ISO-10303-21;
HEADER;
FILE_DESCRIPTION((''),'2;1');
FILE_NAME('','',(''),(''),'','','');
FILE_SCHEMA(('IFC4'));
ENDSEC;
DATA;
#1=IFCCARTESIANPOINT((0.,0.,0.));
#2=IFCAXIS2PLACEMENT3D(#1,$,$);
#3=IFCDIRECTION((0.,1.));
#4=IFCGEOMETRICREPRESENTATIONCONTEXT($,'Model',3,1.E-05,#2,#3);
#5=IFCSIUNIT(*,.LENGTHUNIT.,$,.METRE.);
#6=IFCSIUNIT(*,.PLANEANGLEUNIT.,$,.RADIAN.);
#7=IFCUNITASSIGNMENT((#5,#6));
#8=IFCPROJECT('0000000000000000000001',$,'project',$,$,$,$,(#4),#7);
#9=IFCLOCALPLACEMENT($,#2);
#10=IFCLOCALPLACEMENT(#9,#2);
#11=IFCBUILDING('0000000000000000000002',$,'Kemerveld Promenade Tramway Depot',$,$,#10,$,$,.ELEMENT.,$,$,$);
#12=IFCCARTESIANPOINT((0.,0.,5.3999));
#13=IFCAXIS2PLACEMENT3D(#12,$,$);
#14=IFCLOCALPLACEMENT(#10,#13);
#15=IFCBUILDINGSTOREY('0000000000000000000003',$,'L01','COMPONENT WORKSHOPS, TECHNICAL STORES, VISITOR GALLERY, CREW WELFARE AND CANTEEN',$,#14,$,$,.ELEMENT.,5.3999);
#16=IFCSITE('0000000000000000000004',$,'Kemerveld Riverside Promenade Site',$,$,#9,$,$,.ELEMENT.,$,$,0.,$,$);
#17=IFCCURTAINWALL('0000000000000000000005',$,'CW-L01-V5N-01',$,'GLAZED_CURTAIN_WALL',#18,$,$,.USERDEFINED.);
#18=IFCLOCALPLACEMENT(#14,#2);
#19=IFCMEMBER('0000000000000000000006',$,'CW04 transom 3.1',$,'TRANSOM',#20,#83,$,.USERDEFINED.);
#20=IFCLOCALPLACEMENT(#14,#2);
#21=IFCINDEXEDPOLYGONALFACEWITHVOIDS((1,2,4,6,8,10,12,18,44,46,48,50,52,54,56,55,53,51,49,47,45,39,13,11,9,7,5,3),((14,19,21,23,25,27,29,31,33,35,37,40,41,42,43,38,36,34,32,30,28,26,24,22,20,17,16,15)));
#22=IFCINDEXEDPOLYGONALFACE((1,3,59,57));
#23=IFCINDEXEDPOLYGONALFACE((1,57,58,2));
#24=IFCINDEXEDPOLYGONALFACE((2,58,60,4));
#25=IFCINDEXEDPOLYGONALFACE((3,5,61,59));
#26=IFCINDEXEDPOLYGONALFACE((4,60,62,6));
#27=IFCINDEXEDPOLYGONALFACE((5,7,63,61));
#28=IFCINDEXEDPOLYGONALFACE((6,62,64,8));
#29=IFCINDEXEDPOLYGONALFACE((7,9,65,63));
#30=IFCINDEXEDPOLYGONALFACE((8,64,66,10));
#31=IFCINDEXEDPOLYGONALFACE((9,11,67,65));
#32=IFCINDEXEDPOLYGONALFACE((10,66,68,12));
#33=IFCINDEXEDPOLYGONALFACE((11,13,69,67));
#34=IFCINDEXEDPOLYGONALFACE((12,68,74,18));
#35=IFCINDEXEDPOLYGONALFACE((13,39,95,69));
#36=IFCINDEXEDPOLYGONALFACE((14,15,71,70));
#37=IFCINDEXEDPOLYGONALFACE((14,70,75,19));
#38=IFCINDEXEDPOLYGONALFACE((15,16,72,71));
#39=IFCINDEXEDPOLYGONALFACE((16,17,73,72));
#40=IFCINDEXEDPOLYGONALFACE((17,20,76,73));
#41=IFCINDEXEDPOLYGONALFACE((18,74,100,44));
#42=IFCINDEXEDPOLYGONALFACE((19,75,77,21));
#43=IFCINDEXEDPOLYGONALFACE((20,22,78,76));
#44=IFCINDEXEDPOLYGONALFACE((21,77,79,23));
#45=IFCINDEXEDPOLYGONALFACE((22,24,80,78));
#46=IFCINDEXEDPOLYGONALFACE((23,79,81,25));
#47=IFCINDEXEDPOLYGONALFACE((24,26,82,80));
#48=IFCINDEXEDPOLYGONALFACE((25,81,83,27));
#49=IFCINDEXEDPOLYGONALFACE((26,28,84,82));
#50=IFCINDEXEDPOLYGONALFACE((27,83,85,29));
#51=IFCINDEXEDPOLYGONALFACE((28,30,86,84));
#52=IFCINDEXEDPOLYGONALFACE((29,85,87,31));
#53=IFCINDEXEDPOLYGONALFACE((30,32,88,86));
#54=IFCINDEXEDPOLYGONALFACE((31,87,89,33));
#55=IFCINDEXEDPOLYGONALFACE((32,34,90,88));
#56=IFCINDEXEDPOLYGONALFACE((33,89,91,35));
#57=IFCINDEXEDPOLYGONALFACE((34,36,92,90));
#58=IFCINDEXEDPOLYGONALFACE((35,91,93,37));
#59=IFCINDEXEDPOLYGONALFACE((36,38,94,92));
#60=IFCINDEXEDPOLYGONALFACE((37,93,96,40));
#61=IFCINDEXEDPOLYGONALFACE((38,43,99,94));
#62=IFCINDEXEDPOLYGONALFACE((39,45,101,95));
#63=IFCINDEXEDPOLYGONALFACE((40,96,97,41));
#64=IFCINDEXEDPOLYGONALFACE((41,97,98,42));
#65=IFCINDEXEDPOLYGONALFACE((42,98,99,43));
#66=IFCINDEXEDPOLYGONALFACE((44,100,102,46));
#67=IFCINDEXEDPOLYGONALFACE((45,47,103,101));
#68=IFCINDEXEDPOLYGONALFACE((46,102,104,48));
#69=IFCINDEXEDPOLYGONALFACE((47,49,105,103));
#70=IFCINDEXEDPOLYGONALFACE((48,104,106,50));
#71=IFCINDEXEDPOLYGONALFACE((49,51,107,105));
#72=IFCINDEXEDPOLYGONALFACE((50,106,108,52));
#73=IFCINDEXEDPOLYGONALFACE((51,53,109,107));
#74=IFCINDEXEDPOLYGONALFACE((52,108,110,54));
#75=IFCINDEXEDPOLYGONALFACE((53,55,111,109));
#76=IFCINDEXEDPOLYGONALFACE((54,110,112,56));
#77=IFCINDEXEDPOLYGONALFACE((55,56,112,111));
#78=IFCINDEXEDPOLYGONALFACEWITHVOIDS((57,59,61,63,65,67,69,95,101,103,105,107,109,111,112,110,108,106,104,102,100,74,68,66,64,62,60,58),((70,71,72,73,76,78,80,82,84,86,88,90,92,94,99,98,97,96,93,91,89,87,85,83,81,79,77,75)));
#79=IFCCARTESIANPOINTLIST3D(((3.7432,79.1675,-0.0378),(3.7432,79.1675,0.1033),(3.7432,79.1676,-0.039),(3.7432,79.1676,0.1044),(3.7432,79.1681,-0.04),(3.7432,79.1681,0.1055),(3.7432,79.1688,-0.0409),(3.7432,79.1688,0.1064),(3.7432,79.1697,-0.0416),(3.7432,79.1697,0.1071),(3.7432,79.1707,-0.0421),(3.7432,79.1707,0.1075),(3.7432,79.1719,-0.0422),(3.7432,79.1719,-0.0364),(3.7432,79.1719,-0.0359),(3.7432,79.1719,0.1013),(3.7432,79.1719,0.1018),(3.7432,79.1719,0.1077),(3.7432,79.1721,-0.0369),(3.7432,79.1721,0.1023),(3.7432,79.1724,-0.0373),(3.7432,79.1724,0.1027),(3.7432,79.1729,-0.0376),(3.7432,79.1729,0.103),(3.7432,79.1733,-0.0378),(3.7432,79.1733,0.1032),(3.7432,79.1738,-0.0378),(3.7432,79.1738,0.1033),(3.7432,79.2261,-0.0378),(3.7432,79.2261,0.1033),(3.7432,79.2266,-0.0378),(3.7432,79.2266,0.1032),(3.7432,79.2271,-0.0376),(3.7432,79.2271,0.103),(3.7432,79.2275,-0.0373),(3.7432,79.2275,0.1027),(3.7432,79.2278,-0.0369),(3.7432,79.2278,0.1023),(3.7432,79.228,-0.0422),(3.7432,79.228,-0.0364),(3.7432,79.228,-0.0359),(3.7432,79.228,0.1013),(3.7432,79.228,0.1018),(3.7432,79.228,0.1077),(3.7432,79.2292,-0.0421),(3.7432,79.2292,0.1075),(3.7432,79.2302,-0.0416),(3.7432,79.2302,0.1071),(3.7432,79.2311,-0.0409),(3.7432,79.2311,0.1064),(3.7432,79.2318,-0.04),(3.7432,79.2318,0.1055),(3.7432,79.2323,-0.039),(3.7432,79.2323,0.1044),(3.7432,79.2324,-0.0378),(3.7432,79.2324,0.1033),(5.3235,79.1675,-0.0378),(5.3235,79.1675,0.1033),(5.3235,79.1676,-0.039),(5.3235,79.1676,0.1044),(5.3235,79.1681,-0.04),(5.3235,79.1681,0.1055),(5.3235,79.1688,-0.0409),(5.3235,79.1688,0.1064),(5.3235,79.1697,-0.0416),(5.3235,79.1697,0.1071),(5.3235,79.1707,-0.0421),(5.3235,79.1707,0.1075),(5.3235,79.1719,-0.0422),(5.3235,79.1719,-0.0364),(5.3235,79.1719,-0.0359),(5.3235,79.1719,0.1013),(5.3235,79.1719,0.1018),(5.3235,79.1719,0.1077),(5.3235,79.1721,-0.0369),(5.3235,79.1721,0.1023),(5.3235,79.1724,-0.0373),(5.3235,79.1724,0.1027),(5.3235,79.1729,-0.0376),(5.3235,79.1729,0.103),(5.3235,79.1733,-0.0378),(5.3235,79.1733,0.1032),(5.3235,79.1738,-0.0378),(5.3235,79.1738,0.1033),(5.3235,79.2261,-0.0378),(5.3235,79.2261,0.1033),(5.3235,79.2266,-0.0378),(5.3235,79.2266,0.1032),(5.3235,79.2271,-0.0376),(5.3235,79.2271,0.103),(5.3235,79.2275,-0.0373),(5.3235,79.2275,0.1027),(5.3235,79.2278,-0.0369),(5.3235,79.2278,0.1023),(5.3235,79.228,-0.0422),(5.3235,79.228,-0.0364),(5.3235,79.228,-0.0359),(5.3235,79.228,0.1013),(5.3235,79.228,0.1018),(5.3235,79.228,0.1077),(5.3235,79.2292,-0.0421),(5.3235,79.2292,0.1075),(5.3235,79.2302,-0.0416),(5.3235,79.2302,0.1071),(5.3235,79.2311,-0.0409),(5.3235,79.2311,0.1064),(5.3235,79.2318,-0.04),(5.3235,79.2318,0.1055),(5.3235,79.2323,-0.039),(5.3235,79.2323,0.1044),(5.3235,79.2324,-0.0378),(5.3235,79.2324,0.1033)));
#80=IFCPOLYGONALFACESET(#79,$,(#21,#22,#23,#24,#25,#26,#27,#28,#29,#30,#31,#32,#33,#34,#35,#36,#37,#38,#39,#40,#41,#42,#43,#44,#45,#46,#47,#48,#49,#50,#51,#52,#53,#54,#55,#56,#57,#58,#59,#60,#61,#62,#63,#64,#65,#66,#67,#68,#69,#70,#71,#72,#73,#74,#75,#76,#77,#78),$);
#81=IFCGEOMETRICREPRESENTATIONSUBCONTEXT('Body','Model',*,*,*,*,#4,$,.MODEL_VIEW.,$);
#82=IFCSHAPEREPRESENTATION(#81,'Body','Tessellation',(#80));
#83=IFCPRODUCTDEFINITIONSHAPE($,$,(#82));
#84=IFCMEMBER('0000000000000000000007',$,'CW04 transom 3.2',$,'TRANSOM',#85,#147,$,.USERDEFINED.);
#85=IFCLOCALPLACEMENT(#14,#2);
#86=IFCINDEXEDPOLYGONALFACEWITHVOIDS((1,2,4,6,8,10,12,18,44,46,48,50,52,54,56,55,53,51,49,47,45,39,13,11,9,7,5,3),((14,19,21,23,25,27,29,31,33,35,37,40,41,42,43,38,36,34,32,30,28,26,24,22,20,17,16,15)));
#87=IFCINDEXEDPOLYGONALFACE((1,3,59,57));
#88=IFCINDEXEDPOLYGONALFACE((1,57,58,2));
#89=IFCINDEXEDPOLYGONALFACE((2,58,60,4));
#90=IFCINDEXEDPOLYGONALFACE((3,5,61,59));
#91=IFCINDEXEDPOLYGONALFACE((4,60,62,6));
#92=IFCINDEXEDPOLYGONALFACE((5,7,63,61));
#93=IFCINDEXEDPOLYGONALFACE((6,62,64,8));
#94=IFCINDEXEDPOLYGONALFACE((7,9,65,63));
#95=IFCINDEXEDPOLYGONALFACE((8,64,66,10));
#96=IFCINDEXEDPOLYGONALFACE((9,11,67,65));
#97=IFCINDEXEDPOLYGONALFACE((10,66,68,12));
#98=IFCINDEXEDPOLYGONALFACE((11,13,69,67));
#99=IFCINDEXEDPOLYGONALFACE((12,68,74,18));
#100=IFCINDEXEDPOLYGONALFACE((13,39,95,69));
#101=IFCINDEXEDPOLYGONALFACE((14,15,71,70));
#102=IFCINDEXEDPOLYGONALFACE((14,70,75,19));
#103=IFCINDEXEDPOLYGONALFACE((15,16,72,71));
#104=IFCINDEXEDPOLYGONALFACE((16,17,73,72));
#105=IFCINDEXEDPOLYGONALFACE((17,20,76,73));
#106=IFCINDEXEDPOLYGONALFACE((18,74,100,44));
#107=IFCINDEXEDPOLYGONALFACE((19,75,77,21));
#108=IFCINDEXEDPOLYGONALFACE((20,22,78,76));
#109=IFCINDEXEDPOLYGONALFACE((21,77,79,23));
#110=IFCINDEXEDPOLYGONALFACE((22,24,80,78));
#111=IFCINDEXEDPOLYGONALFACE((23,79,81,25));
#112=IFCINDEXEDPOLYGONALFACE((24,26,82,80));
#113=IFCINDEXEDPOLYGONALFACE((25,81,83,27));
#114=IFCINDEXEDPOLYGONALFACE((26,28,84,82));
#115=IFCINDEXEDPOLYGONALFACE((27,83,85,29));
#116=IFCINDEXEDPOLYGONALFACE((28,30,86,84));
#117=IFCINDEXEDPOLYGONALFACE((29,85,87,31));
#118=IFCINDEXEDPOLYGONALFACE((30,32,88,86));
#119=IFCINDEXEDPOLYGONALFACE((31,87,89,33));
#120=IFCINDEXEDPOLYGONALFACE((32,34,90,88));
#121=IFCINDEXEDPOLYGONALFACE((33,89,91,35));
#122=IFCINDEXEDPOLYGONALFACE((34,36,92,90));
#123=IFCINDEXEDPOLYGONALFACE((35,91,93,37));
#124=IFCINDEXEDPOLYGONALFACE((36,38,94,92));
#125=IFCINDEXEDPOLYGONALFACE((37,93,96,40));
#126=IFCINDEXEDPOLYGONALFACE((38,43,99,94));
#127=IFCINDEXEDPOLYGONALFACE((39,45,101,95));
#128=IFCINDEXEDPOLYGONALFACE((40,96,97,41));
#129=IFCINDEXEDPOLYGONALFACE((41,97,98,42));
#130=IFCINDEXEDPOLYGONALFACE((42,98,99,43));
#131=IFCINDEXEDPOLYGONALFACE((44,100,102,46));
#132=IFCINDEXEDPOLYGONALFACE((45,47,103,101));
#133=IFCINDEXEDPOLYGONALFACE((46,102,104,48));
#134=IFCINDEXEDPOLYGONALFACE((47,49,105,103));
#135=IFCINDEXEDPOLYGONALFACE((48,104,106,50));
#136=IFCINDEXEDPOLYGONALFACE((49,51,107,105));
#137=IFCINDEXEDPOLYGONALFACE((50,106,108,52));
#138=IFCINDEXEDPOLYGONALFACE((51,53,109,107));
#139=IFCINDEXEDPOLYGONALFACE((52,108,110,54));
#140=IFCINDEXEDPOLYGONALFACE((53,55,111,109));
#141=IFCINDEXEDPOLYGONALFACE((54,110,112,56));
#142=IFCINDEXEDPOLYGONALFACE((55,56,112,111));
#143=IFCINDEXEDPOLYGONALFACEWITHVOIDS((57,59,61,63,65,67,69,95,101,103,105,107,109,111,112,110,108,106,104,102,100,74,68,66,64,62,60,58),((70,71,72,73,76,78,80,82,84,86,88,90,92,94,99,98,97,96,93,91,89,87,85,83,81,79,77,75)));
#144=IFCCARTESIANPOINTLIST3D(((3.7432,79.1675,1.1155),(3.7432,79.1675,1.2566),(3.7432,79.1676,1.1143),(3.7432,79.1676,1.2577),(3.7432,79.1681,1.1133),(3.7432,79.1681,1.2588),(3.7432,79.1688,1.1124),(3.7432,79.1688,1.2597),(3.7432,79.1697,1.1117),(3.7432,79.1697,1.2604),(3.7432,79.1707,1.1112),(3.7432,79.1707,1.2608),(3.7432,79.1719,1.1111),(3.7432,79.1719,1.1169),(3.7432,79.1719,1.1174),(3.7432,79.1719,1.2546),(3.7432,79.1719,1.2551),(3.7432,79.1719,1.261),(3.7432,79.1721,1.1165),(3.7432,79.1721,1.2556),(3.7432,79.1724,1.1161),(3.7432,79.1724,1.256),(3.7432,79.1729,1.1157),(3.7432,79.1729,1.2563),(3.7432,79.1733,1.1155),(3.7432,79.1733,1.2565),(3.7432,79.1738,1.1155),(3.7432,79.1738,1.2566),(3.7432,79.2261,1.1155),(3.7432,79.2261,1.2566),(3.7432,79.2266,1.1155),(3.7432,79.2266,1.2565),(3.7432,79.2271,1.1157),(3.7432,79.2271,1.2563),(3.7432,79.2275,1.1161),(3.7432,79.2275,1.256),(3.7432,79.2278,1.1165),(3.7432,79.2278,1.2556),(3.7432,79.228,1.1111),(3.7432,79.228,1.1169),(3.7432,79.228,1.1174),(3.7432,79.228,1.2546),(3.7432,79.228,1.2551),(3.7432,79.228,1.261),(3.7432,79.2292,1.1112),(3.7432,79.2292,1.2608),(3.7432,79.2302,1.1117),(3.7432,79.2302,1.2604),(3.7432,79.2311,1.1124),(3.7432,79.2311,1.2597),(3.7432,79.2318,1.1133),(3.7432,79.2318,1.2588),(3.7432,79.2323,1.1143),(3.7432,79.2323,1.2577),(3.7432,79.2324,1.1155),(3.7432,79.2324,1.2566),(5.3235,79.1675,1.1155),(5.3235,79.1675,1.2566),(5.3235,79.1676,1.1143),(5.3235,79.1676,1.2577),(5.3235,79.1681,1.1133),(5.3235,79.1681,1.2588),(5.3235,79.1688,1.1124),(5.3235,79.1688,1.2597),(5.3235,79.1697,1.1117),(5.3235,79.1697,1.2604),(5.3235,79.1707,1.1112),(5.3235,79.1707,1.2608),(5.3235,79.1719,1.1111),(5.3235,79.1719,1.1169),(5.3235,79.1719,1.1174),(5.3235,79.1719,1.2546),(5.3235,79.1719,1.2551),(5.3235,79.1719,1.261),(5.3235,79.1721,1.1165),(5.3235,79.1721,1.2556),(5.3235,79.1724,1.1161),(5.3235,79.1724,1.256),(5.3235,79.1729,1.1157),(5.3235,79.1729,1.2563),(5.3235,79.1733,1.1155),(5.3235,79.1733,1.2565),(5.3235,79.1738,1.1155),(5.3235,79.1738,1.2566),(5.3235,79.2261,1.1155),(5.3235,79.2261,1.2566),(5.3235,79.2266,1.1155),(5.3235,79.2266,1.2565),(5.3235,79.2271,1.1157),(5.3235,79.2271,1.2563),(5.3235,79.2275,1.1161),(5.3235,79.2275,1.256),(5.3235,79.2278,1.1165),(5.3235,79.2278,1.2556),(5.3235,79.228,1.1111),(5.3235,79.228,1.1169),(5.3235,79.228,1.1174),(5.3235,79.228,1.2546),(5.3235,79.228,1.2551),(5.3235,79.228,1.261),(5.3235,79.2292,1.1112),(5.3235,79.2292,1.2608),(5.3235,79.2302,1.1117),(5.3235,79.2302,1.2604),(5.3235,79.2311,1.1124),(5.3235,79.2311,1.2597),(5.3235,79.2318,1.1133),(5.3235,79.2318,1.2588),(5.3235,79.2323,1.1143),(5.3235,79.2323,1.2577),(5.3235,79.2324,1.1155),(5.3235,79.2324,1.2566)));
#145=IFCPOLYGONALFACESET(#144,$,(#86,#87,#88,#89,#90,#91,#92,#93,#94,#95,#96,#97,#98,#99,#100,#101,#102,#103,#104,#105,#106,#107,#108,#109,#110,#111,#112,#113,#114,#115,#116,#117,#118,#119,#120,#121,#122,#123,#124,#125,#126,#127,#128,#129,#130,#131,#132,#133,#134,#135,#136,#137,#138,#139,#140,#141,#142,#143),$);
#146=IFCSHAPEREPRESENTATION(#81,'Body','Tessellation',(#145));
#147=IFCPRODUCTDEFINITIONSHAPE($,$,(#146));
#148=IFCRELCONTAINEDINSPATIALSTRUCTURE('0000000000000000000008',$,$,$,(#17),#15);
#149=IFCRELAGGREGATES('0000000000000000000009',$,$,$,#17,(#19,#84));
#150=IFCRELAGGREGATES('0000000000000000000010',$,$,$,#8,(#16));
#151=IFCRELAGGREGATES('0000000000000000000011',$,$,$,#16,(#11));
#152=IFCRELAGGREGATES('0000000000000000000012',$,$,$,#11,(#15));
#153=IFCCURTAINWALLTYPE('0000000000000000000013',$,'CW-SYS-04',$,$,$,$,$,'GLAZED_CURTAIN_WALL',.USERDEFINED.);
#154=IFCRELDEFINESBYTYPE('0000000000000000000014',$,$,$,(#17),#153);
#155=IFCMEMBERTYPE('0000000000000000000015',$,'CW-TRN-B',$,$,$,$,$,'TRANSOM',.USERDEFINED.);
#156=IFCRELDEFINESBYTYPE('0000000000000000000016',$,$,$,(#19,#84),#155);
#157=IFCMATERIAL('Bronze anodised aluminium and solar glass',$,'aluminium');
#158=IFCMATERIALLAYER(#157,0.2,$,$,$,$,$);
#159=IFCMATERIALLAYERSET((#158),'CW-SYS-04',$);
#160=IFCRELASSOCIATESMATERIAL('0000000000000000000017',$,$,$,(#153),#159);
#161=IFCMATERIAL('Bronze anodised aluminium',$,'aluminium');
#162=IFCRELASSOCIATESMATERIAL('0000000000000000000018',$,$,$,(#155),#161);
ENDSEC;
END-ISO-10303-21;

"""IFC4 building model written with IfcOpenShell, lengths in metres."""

from ifc_helpers import new_model, si_unit, direction, frame, origin, origin_2d, place, context, subcontext, project, spatial, hollow_rectangle, extrude, material, layer, layer_set, material_profile, profile_set, type_object, element, aggregate, save


model = new_model("IFC4")

# Units and contexts
model_context = context("Model", 3, precision=1e-05, world=origin(), true_north=direction((0.0, 1.0)))
body_context = subcontext(model_context, "Body", "Model", "MODEL_VIEW")
ifc_project = project(units=[si_unit("LENGTHUNIT", "METRE"), si_unit("PLANEANGLEUNIT", "RADIAN")], contexts=[model_context])

# Site, building, storey
site_placement = place(None, origin())
site = spatial("IfcSite", under=ifc_project, at=site_placement, Name="Kemerveld Riverside Promenade Site", CompositionType="ELEMENT", RefElevation=0.0)
building_placement = place(site_placement, origin())
building = spatial("IfcBuilding", under=site, at=building_placement, Name="Kemerveld Promenade Tramway Depot", CompositionType="ELEMENT")
storey_placement = place(building_placement, frame((0.0, 0.0, 5.3999)))
storey = spatial("IfcBuildingStorey", under=building, at=storey_placement, Name="L01", Description="COMPONENT WORKSHOPS, TECHNICAL STORES, VISITOR GALLERY, CREW WELFARE AND CANTEEN", CompositionType="ELEMENT", Elevation=5.3999)

# Curtain wall, members
ifc_material_1 = material(Name="Bronze anodised aluminium and solar glass", Category="aluminium")
ifc_layer_1 = layer(ifc_material_1, 0.2)
ifc_layer_set_1 = layer_set([ifc_layer_1], Name="CW-SYS-04")
curtain_wall_type = type_object("IfcCurtainWallType", Name="CW-SYS-04", ElementType="GLAZED_CURTAIN_WALL", PredefinedType="USERDEFINED", material=ifc_layer_set_1)
curtain_wall_placement = place(storey_placement, origin())
curtain_wall = element("IfcCurtainWall", 1, at=curtain_wall_placement, inside=storey, type_object=curtain_wall_type, Name="CW-L01-V5N-01", ObjectType="GLAZED_CURTAIN_WALL", PredefinedType="USERDEFINED")
ifc_material_2 = material(Name="Bronze anodised aluminium", Category="aluminium")
ifc_material_profile_1 = material_profile(ifc_material_2, hollow_rectangle(XDim=0.0649, YDim=0.1499, WallThickness=0.0044, InnerFilletRadius=0.002, OuterFilletRadius=0.0044, at=origin_2d()), Name="CW-TRN-150x65")
ifc_profile_set_1 = profile_set([ifc_material_profile_1], Name="Bronze anodised aluminium")
member_type_1 = type_object("IfcMemberType", Name="CW-TRN-B", ElementType="TRANSOM", PredefinedType="USERDEFINED", material=ifc_profile_set_1)
member_1_placement = place(storey_placement, frame((3.7432, 79.2, 0.0327), z_axis=(1.0, 0.0, 0.0), x_axis=(0.0, 1.0, 0.0)))
member_1 = element("IfcMember", 2, at=member_1_placement, type_object=member_type_1, Name="CW04 transom 3.1", ObjectType="TRANSOM", PredefinedType="USERDEFINED", context=body_context, shape_type="SweptSolid", body=[
    extrude(hollow_rectangle(XDim=0.0649, YDim=0.1499, WallThickness=0.0044, InnerFilletRadius=0.002, OuterFilletRadius=0.0044, at=origin_2d()), origin(), (0.0, 0.0, 1.0), 1.5803),
])
member_2_placement = place(storey_placement, frame((3.7432, 79.2, 1.186), z_axis=(1.0, 0.0, 0.0), x_axis=(0.0, 1.0, 0.0)))
member_2 = element("IfcMember", 3, at=member_2_placement, type_object=member_type_1, Name="CW04 transom 3.2", ObjectType="TRANSOM", PredefinedType="USERDEFINED", context=body_context, shape_type="SweptSolid", body=[
    extrude(hollow_rectangle(XDim=0.0649, YDim=0.1499, WallThickness=0.0044, InnerFilletRadius=0.002, OuterFilletRadius=0.0044, at=origin_2d()), origin(), (0.0, 0.0, 1.0), 1.5803),
])
aggregate(curtain_wall, [member_1, member_2])

save(model, "model.ifc")
